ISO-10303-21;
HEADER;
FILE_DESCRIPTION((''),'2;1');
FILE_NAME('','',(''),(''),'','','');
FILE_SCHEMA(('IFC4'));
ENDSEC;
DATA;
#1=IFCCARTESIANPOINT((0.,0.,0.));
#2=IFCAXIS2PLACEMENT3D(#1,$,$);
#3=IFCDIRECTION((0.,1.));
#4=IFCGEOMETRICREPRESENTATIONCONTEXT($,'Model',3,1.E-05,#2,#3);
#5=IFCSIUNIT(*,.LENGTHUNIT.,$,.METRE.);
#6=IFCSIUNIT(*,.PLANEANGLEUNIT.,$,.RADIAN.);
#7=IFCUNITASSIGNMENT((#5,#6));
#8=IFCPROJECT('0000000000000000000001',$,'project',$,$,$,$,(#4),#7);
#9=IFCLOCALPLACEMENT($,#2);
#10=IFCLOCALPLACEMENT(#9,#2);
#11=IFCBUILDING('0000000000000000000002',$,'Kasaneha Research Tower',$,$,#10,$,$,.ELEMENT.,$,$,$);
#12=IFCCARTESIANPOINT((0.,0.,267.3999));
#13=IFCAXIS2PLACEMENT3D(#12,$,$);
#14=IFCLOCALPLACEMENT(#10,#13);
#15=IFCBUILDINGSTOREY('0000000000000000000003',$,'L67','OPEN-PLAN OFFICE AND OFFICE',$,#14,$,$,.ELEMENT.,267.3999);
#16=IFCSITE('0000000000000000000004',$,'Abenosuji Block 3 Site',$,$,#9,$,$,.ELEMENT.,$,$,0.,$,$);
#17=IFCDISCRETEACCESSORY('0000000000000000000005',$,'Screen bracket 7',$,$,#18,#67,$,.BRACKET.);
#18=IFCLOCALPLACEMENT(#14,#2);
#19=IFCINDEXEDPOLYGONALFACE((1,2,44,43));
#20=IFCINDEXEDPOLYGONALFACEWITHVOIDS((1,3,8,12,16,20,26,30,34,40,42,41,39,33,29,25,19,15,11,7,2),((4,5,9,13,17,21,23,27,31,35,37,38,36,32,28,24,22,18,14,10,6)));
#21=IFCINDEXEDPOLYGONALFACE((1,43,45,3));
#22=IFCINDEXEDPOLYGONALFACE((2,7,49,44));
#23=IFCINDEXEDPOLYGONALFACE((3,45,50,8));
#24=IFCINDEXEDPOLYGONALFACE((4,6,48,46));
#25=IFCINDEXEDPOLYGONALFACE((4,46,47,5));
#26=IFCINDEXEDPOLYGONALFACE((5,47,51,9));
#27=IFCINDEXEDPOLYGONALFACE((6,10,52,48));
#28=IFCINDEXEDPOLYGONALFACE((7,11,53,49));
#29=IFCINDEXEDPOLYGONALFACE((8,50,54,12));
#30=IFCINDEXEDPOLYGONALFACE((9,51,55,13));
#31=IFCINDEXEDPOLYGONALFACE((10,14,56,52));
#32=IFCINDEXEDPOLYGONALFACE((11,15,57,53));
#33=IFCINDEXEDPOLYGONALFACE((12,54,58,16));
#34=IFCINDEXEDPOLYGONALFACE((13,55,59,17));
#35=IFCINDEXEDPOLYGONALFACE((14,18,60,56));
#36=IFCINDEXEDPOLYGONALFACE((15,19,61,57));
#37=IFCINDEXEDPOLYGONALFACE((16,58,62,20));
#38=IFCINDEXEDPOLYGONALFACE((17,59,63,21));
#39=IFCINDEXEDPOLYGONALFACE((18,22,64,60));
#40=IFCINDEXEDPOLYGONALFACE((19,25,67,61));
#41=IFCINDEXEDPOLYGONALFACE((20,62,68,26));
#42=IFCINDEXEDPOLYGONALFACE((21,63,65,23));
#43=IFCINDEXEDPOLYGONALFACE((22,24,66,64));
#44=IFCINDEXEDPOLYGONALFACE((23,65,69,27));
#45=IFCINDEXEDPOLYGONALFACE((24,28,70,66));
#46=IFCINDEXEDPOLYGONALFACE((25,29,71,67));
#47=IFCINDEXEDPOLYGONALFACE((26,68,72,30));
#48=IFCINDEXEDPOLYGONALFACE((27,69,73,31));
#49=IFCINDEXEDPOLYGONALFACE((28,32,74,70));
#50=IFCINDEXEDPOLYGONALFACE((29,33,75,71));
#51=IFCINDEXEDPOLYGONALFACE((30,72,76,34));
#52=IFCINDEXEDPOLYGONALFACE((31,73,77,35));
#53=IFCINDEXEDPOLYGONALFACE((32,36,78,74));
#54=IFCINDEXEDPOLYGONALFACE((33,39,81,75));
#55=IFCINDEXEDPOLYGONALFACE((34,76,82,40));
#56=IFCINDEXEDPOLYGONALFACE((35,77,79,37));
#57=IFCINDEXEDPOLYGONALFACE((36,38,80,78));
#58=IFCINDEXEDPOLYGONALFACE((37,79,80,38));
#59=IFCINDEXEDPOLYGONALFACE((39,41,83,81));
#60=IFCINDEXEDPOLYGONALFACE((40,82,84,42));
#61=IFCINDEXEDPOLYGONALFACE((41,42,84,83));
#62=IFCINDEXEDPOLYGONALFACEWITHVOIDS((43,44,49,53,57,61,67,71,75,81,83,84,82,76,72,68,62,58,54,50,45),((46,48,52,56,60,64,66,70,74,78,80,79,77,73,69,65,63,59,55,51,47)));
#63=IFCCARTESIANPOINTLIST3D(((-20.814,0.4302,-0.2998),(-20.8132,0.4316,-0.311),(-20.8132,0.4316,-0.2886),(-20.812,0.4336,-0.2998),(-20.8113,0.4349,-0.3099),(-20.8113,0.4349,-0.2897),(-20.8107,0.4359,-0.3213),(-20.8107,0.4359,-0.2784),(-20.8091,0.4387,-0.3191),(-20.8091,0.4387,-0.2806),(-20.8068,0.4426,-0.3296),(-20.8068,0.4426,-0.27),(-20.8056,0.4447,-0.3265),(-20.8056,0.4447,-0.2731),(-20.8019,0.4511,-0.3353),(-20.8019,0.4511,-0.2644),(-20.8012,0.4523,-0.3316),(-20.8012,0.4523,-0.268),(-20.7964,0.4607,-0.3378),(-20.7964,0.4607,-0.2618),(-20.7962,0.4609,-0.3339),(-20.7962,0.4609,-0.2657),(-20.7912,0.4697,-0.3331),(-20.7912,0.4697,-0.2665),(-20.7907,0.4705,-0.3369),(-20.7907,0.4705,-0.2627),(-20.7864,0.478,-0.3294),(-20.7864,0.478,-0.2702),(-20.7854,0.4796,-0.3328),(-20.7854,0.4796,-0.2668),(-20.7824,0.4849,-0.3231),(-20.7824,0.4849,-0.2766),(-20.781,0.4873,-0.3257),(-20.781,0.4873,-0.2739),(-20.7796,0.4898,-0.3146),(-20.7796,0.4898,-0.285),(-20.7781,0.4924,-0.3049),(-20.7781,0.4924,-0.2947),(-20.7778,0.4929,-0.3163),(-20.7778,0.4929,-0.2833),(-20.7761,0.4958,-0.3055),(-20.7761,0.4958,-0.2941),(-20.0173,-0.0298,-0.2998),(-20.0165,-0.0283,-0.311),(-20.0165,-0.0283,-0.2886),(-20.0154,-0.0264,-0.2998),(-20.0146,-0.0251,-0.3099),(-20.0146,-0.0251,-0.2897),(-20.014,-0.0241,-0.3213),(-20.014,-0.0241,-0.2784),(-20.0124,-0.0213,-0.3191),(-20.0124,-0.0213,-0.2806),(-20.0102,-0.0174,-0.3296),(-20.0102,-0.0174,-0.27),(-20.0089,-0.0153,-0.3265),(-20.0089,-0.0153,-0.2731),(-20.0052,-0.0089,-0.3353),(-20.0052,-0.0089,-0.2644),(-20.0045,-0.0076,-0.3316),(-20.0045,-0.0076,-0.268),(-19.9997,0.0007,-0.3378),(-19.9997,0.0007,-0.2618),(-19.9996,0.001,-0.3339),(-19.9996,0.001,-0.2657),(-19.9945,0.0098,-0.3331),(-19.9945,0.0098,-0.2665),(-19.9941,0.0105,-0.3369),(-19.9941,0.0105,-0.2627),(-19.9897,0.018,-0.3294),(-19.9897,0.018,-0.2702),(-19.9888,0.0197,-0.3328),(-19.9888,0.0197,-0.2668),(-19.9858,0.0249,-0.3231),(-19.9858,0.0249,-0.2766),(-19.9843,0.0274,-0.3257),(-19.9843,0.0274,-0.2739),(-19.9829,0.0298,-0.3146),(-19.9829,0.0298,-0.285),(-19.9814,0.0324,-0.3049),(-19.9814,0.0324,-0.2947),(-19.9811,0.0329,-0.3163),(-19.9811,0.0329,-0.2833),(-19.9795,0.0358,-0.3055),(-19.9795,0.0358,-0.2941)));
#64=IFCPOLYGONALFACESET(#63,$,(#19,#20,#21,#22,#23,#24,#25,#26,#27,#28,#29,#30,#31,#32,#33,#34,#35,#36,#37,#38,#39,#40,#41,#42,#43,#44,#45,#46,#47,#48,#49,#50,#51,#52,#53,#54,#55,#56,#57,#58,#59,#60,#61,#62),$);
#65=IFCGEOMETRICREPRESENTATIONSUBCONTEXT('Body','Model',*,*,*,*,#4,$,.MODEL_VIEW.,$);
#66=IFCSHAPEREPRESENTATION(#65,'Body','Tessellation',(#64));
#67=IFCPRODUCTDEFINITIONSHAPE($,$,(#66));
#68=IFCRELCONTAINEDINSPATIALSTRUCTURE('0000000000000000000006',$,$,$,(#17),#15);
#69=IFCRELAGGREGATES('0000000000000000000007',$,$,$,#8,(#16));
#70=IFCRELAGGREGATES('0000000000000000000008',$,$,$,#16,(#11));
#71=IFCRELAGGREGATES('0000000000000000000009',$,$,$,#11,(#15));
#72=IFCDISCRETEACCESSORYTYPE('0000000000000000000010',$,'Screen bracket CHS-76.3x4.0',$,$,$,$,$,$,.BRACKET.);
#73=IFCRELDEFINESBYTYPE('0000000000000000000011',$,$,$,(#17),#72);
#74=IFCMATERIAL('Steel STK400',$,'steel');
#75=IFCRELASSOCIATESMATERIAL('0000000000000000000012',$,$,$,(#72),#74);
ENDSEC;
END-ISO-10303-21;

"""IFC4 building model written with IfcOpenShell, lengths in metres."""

from ifc_helpers import new_model, si_unit, direction, frame, origin, origin_2d, place, context, subcontext, project, spatial, hollow_circle, extrude, material, material_profile, profile_set, type_object, element, save


model = new_model("IFC4")

# Units and contexts
model_context = context("Model", 3, precision=1e-05, world=origin(), true_north=direction((0.0, 1.0)))
body_context = subcontext(model_context, "Body", "Model", "MODEL_VIEW")
ifc_project = project(units=[si_unit("LENGTHUNIT", "METRE"), si_unit("PLANEANGLEUNIT", "RADIAN")], contexts=[model_context])

# Site, building, storey
site_placement = place(None, origin())
site = spatial("IfcSite", under=ifc_project, at=site_placement, Name="Abenosuji Block 3 Site", CompositionType="ELEMENT", RefElevation=0.0)
building_placement = place(site_placement, origin())
building = spatial("IfcBuilding", under=site, at=building_placement, Name="Kasaneha Research Tower", CompositionType="ELEMENT")
storey_placement = place(building_placement, frame((0.0, 0.0, 267.3999)))
storey = spatial("IfcBuildingStorey", under=building, at=storey_placement, Name="L67", Description="OPEN-PLAN OFFICE AND OFFICE", CompositionType="ELEMENT", Elevation=267.3999)

# Discrete accessory
ifc_material_1 = material(Name="Steel STK400", Category="steel")
ifc_material_profile_1 = material_profile(ifc_material_1, hollow_circle(Radius=0.0381, WallThickness=0.0039, at=origin_2d()), Name="CHS-76.3x4.0")
ifc_profile_set_1 = profile_set([ifc_material_profile_1], Name="Steel STK400")
discrete_accessory_type = type_object("IfcDiscreteAccessoryType", Name="Screen bracket CHS-76.3x4.0", PredefinedType="BRACKET", material=ifc_profile_set_1)
discrete_accessory_1_placement = place(storey_placement, frame((-19.9983, 0.0032, -0.2998), z_axis=(-0.866013, 0.500021, 0.0), x_axis=(-0.500021, -0.866013, 0.0)))
element("IfcDiscreteAccessory", 1, at=discrete_accessory_1_placement, inside=storey, type_object=discrete_accessory_type, Name="Screen bracket 7", PredefinedType="BRACKET", context=body_context, shape_type="SweptSolid", body=[
    extrude(hollow_circle(Radius=0.0381, WallThickness=0.0039, at=origin_2d()), origin(), (0.0, 0.0, 1.0), 0.9199),
])

save(model, "model.ifc")
